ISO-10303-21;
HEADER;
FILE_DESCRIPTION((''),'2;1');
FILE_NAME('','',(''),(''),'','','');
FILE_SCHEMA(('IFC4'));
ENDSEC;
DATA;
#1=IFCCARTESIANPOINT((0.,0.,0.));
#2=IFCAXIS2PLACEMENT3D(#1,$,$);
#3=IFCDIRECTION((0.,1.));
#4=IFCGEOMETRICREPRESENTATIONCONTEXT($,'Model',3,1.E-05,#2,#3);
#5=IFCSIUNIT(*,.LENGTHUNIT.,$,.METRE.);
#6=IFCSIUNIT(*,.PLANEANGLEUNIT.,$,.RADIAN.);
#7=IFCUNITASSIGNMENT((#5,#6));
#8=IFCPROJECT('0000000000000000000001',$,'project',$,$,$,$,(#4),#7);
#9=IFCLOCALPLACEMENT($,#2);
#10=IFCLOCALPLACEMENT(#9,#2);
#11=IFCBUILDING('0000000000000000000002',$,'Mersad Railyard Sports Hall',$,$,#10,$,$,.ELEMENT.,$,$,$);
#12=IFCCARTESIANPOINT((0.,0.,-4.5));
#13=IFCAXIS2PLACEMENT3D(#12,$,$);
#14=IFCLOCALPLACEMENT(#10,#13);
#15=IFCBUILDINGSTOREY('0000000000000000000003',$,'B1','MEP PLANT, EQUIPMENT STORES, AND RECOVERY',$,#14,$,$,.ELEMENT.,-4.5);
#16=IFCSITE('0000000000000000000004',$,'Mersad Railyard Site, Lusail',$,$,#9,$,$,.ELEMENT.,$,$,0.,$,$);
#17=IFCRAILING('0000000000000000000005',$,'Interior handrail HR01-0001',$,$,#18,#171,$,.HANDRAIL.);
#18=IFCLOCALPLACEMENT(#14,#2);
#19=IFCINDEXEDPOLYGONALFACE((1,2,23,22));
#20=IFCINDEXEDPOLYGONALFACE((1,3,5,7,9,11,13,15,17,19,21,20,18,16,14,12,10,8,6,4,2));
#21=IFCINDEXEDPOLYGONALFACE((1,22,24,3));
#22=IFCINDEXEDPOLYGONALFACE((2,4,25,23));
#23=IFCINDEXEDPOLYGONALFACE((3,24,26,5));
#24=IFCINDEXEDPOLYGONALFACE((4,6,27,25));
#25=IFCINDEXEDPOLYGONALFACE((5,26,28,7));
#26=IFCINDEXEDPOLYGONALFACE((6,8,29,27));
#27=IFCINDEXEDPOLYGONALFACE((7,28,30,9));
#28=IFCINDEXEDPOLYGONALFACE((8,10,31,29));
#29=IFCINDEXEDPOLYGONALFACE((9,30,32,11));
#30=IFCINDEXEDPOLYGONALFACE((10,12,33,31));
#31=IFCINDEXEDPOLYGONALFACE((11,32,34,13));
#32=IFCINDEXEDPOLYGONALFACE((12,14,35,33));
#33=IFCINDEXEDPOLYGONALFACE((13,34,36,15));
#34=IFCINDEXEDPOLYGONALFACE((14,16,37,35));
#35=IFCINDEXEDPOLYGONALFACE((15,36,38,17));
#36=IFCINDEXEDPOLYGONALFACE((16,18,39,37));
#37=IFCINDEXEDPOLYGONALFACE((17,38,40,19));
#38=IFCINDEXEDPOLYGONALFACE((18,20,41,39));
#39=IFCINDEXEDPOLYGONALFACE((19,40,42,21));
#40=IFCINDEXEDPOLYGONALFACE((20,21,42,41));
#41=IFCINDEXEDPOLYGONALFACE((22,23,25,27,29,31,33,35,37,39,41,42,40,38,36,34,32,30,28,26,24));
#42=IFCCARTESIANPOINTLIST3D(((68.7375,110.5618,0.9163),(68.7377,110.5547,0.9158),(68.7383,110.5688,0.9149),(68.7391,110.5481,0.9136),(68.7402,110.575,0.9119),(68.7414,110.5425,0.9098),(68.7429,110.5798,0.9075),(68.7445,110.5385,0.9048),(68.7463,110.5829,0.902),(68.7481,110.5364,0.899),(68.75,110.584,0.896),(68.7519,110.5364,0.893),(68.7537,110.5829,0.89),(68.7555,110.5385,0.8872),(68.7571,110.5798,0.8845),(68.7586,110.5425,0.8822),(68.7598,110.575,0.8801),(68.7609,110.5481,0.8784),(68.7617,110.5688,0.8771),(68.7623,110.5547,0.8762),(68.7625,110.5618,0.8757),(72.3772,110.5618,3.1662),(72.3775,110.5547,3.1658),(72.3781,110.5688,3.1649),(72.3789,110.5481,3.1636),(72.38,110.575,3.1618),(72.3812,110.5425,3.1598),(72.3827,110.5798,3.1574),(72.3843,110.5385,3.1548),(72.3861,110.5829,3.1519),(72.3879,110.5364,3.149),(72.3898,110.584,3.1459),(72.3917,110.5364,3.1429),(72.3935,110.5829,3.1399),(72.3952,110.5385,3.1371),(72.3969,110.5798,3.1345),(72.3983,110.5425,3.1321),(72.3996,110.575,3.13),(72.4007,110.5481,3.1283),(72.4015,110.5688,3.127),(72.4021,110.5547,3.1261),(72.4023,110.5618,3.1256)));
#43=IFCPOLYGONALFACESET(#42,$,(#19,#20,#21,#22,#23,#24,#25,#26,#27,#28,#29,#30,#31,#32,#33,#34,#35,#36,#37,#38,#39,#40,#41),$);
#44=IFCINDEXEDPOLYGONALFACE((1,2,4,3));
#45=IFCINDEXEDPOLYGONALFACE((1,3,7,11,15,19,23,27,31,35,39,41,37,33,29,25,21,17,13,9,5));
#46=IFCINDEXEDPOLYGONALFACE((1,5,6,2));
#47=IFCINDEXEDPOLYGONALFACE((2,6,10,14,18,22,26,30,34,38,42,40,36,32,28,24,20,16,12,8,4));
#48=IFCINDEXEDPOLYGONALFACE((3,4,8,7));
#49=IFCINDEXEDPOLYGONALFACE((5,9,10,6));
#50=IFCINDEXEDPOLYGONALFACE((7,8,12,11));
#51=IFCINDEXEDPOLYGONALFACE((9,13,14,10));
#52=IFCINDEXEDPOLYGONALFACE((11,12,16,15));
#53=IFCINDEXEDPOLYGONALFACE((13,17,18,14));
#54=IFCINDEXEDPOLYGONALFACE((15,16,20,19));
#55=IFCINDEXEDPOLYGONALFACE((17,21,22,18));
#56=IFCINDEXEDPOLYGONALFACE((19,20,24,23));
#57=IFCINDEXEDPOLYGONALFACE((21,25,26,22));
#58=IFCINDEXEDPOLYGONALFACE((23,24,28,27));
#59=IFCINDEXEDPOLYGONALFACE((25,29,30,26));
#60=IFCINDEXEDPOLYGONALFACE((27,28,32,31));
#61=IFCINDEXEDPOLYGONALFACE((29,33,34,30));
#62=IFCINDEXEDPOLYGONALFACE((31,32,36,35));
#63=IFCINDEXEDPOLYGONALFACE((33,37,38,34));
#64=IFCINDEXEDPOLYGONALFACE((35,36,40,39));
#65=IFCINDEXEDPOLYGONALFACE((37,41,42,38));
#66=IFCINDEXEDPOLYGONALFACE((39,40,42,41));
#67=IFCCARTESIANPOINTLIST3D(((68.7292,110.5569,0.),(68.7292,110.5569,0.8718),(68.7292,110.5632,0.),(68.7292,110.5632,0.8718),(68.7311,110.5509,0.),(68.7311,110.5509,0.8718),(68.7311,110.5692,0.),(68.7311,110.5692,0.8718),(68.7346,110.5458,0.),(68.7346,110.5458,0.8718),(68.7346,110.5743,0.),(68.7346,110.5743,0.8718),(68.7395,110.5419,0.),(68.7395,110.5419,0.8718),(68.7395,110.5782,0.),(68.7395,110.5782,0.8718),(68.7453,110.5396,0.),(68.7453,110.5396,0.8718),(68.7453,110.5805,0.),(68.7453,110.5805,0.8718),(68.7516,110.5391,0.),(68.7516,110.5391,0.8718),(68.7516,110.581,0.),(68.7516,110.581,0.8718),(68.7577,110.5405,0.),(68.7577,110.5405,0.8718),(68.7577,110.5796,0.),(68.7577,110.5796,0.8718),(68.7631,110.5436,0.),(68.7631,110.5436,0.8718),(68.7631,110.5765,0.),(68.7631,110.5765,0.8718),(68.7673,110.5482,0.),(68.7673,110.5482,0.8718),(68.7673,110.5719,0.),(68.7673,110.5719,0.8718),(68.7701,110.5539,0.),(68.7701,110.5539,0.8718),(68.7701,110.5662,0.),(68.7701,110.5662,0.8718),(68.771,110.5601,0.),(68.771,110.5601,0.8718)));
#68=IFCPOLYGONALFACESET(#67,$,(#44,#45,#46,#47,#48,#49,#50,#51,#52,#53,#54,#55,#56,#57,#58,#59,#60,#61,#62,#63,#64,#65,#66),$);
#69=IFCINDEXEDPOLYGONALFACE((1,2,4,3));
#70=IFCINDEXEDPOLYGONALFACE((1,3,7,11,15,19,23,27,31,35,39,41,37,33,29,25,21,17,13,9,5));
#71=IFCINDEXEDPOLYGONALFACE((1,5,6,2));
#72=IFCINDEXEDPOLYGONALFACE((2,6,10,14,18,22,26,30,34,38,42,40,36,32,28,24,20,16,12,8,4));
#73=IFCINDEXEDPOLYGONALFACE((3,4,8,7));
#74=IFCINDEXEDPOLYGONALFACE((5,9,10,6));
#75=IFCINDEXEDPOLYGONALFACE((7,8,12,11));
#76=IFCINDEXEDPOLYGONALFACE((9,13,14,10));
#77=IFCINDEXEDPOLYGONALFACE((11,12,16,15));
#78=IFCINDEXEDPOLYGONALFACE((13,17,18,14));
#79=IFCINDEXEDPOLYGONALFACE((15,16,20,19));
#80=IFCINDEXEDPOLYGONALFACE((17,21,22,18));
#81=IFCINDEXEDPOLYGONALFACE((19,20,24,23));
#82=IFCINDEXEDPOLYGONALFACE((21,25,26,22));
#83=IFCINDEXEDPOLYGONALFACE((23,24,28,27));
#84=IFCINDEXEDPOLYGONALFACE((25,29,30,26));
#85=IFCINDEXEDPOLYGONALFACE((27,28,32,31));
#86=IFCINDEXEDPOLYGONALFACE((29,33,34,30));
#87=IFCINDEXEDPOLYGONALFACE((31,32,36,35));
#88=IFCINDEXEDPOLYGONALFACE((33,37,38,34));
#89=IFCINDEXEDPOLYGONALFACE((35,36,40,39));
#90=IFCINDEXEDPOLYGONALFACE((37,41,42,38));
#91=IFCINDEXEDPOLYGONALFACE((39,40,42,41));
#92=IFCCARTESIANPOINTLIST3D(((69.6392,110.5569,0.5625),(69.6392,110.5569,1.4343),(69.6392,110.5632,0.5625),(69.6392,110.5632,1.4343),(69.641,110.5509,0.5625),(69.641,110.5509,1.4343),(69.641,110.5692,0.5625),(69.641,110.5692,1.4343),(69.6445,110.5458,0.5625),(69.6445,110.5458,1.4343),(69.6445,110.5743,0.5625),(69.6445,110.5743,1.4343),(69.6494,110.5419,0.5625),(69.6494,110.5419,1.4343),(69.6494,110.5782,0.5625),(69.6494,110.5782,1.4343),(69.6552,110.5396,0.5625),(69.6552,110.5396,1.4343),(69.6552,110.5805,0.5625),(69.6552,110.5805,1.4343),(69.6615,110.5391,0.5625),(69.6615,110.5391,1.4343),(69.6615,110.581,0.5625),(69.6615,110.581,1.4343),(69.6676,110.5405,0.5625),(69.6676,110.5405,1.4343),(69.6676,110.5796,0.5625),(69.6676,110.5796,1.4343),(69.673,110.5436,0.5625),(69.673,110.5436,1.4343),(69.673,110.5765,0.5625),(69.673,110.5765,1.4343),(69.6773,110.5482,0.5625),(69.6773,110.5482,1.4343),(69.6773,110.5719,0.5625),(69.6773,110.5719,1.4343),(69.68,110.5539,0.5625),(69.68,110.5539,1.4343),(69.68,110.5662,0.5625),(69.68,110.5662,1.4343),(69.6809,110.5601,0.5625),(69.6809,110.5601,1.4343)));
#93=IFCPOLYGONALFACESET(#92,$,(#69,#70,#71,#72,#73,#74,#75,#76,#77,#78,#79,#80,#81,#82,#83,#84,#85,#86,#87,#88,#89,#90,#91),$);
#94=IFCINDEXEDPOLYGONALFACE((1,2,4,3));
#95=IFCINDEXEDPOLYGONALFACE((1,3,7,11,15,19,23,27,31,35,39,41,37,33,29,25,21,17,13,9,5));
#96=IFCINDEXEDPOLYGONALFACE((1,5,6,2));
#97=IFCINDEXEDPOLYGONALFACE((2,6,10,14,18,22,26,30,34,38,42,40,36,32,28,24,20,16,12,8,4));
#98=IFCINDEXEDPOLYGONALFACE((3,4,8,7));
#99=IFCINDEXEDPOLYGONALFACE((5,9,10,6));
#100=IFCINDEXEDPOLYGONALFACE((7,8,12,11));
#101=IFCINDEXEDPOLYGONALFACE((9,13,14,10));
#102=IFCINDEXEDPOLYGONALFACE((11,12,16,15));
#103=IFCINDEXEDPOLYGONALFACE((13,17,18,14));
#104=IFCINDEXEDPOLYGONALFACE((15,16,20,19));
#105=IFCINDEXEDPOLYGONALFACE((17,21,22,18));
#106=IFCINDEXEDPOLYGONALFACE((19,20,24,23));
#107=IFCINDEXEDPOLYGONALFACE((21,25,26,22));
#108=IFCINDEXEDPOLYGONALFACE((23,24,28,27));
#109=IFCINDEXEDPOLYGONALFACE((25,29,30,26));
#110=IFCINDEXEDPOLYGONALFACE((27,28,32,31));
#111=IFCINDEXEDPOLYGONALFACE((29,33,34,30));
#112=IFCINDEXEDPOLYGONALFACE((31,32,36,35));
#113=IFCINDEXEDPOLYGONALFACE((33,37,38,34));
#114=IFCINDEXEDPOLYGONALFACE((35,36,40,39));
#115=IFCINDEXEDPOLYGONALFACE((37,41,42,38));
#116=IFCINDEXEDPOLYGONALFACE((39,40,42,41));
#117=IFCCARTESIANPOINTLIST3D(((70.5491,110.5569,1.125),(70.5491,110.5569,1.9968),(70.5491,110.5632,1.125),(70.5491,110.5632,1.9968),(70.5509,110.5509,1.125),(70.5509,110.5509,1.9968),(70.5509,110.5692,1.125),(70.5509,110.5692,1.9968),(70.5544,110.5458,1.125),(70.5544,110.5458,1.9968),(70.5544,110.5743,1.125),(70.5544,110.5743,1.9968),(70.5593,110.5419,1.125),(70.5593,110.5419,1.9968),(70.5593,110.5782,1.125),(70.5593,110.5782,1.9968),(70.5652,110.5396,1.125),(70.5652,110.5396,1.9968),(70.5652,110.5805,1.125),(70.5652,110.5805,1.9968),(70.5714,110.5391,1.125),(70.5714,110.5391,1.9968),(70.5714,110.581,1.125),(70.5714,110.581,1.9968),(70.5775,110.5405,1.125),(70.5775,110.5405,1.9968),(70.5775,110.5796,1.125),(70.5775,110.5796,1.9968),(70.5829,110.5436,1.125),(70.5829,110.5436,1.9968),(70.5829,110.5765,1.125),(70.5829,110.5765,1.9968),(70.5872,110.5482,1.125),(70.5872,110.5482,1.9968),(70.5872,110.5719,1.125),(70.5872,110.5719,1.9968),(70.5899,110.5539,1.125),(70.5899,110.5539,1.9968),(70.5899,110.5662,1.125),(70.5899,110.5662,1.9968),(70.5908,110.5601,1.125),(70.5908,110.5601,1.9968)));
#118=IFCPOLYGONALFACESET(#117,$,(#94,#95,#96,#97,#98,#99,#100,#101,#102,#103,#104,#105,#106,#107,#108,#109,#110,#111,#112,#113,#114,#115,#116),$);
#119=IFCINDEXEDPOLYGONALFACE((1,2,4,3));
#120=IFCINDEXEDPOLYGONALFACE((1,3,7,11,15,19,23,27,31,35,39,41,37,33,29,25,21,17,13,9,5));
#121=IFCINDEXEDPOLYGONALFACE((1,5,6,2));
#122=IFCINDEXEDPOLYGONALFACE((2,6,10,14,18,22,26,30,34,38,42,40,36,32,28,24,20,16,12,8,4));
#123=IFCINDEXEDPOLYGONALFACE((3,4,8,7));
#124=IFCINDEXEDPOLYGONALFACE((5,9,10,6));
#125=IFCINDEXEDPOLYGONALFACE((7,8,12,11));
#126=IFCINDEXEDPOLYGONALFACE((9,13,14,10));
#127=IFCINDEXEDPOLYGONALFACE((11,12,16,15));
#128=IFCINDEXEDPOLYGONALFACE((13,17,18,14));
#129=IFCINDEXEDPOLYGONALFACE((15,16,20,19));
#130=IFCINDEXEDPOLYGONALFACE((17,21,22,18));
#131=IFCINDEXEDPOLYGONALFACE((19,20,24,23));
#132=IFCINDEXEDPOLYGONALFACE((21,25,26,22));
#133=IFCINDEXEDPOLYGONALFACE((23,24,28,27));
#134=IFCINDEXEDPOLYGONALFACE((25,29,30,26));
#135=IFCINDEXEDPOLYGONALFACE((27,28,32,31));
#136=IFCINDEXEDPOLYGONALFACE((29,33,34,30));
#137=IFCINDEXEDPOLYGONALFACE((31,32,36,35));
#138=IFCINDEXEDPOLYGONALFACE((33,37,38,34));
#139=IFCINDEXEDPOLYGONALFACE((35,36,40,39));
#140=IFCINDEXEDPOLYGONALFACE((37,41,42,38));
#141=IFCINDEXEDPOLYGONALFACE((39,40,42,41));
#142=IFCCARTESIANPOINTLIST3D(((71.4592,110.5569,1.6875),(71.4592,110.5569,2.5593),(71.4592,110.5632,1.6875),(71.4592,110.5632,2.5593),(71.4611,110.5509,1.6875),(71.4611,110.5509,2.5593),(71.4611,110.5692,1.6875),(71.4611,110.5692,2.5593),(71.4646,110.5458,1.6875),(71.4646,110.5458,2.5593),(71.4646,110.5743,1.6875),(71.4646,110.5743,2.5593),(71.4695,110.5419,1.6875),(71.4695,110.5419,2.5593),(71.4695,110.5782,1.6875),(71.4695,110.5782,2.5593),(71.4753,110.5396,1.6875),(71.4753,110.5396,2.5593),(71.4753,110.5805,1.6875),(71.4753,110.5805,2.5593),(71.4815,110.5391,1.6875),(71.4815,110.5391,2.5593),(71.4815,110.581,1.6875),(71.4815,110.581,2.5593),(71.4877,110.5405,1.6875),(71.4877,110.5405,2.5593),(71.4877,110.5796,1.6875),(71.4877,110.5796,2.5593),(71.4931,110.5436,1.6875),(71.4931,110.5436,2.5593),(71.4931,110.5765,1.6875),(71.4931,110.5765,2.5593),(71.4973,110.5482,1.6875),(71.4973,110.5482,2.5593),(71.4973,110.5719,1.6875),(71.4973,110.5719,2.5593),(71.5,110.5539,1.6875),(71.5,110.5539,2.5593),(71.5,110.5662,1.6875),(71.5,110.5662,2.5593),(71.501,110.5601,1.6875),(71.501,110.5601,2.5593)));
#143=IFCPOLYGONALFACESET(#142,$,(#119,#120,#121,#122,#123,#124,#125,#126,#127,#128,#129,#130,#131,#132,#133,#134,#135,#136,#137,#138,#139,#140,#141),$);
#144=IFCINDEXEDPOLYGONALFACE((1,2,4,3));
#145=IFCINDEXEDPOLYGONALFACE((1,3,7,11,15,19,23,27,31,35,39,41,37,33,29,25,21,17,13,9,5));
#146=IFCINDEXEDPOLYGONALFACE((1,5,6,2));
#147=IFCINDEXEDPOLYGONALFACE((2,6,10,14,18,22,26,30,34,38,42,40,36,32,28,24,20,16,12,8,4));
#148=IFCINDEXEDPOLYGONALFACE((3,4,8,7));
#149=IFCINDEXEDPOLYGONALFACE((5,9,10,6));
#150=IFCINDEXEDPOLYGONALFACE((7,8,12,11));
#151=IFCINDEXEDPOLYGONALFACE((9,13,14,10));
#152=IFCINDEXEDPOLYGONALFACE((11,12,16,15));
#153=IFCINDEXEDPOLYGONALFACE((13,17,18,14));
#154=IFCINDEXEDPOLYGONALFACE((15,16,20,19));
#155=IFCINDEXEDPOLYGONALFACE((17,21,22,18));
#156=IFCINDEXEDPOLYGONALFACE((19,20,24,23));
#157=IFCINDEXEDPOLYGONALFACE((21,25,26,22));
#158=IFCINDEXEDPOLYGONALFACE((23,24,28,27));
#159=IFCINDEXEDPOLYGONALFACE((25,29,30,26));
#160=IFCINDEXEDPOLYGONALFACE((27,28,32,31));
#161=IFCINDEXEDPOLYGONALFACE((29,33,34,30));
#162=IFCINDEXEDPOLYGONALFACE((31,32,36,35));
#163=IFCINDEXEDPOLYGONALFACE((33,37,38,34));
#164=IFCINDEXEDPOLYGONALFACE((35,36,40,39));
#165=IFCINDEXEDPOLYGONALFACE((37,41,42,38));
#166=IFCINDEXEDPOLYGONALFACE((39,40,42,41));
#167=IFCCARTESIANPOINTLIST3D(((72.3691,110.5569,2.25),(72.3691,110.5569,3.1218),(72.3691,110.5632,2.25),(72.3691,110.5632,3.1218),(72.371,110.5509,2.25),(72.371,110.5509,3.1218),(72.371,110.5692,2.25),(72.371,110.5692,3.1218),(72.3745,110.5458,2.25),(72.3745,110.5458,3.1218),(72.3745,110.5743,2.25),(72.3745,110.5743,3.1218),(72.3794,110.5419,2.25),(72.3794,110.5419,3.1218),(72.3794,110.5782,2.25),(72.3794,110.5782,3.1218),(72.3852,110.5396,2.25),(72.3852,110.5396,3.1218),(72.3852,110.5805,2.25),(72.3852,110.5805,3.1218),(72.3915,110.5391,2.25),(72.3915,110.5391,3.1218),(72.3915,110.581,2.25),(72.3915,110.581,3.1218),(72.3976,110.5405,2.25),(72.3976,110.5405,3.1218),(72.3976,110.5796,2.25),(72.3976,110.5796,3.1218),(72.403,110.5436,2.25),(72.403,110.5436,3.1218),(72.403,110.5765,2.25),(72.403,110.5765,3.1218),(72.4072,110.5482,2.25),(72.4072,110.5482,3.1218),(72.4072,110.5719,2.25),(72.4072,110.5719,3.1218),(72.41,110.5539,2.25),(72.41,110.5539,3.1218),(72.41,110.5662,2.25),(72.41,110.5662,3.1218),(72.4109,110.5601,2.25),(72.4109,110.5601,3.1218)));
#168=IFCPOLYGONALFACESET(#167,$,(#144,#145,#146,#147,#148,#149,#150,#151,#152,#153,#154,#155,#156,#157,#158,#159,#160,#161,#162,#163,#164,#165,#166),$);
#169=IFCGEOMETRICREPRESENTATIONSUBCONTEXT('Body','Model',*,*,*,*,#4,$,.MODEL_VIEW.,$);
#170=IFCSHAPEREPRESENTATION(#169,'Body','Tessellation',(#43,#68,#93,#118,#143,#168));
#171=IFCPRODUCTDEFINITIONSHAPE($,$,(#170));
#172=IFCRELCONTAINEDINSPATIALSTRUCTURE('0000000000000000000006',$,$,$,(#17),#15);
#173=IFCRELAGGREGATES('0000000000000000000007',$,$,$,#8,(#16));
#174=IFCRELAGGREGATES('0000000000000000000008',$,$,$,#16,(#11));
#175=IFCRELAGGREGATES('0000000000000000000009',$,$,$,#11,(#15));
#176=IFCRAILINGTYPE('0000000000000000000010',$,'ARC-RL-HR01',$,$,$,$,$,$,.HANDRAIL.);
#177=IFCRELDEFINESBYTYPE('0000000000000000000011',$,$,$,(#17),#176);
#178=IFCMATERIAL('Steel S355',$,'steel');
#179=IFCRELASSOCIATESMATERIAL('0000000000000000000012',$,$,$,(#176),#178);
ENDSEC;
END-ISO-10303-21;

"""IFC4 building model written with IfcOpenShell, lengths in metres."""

from ifc_helpers import new_model, si_unit, direction, frame, origin, origin_2d, place, context, subcontext, project, spatial, circle, extrude, material, type_object, element, save


model = new_model("IFC4")

# Units and contexts
model_context = context("Model", 3, precision=1e-05, world=origin(), true_north=direction((0.0, 1.0)))
body_context = subcontext(model_context, "Body", "Model", "MODEL_VIEW")
ifc_project = project(units=[si_unit("LENGTHUNIT", "METRE"), si_unit("PLANEANGLEUNIT", "RADIAN")], contexts=[model_context])

# Site, building, storey
site_placement = place(None, origin())
site = spatial("IfcSite", under=ifc_project, at=site_placement, Name="Mersad Railyard Site, Lusail", CompositionType="ELEMENT", RefElevation=0.0)
building_placement = place(site_placement, origin())
building = spatial("IfcBuilding", under=site, at=building_placement, Name="Mersad Railyard Sports Hall", CompositionType="ELEMENT")
storey_placement = place(building_placement, frame((0.0, 0.0, -4.5)))
storey = spatial("IfcBuildingStorey", under=building, at=storey_placement, Name="B1", Description="MEP PLANT, EQUIPMENT STORES, AND RECOVERY", CompositionType="ELEMENT", Elevation=-4.5)

# Shared definitions
ifc_material_1 = material(Name="Steel S355", Category="steel")

# Railing
railing_type_1 = type_object("IfcRailingType", Name="ARC-RL-HR01", PredefinedType="HANDRAIL", material=ifc_material_1)
railing_1_placement = place(storey_placement, frame((68.75, 110.5601, 0.0)))
element("IfcRailing", 1, at=railing_1_placement, inside=storey, type_object=railing_type_1, Name="Interior handrail HR01-0001", PredefinedType="HANDRAIL", context=body_context, shape_type="SweptSolid", body=[
    extrude(circle(Radius=0.0239, at=origin_2d()), frame((0.0, 0.0, 0.896), z_axis=(0.850607, 0.0, 0.525803), x_axis=(0.0, 1.0, 0.0)), (0.0, 0.0, 1.0), 4.2791),
    extrude(circle(Radius=0.021, at=origin_2d()), origin(), (0.0, 0.0, 1.0), 0.8718),
    extrude(circle(Radius=0.021, at=origin_2d()), frame((0.9099, 0.0, 0.5625)), (0.0, 0.0, 1.0), 0.8718),
    extrude(circle(Radius=0.021, at=origin_2d()), frame((1.8198, 0.0, 1.125)), (0.0, 0.0, 1.0), 0.8718),
    extrude(circle(Radius=0.021, at=origin_2d()), frame((2.73, 0.0, 1.6875)), (0.0, 0.0, 1.0), 0.8718),
    extrude(circle(Radius=0.021, at=origin_2d()), frame((3.6399, 0.0, 2.25)), (0.0, 0.0, 1.0), 0.8718),
])

save(model, "model.ifc")
